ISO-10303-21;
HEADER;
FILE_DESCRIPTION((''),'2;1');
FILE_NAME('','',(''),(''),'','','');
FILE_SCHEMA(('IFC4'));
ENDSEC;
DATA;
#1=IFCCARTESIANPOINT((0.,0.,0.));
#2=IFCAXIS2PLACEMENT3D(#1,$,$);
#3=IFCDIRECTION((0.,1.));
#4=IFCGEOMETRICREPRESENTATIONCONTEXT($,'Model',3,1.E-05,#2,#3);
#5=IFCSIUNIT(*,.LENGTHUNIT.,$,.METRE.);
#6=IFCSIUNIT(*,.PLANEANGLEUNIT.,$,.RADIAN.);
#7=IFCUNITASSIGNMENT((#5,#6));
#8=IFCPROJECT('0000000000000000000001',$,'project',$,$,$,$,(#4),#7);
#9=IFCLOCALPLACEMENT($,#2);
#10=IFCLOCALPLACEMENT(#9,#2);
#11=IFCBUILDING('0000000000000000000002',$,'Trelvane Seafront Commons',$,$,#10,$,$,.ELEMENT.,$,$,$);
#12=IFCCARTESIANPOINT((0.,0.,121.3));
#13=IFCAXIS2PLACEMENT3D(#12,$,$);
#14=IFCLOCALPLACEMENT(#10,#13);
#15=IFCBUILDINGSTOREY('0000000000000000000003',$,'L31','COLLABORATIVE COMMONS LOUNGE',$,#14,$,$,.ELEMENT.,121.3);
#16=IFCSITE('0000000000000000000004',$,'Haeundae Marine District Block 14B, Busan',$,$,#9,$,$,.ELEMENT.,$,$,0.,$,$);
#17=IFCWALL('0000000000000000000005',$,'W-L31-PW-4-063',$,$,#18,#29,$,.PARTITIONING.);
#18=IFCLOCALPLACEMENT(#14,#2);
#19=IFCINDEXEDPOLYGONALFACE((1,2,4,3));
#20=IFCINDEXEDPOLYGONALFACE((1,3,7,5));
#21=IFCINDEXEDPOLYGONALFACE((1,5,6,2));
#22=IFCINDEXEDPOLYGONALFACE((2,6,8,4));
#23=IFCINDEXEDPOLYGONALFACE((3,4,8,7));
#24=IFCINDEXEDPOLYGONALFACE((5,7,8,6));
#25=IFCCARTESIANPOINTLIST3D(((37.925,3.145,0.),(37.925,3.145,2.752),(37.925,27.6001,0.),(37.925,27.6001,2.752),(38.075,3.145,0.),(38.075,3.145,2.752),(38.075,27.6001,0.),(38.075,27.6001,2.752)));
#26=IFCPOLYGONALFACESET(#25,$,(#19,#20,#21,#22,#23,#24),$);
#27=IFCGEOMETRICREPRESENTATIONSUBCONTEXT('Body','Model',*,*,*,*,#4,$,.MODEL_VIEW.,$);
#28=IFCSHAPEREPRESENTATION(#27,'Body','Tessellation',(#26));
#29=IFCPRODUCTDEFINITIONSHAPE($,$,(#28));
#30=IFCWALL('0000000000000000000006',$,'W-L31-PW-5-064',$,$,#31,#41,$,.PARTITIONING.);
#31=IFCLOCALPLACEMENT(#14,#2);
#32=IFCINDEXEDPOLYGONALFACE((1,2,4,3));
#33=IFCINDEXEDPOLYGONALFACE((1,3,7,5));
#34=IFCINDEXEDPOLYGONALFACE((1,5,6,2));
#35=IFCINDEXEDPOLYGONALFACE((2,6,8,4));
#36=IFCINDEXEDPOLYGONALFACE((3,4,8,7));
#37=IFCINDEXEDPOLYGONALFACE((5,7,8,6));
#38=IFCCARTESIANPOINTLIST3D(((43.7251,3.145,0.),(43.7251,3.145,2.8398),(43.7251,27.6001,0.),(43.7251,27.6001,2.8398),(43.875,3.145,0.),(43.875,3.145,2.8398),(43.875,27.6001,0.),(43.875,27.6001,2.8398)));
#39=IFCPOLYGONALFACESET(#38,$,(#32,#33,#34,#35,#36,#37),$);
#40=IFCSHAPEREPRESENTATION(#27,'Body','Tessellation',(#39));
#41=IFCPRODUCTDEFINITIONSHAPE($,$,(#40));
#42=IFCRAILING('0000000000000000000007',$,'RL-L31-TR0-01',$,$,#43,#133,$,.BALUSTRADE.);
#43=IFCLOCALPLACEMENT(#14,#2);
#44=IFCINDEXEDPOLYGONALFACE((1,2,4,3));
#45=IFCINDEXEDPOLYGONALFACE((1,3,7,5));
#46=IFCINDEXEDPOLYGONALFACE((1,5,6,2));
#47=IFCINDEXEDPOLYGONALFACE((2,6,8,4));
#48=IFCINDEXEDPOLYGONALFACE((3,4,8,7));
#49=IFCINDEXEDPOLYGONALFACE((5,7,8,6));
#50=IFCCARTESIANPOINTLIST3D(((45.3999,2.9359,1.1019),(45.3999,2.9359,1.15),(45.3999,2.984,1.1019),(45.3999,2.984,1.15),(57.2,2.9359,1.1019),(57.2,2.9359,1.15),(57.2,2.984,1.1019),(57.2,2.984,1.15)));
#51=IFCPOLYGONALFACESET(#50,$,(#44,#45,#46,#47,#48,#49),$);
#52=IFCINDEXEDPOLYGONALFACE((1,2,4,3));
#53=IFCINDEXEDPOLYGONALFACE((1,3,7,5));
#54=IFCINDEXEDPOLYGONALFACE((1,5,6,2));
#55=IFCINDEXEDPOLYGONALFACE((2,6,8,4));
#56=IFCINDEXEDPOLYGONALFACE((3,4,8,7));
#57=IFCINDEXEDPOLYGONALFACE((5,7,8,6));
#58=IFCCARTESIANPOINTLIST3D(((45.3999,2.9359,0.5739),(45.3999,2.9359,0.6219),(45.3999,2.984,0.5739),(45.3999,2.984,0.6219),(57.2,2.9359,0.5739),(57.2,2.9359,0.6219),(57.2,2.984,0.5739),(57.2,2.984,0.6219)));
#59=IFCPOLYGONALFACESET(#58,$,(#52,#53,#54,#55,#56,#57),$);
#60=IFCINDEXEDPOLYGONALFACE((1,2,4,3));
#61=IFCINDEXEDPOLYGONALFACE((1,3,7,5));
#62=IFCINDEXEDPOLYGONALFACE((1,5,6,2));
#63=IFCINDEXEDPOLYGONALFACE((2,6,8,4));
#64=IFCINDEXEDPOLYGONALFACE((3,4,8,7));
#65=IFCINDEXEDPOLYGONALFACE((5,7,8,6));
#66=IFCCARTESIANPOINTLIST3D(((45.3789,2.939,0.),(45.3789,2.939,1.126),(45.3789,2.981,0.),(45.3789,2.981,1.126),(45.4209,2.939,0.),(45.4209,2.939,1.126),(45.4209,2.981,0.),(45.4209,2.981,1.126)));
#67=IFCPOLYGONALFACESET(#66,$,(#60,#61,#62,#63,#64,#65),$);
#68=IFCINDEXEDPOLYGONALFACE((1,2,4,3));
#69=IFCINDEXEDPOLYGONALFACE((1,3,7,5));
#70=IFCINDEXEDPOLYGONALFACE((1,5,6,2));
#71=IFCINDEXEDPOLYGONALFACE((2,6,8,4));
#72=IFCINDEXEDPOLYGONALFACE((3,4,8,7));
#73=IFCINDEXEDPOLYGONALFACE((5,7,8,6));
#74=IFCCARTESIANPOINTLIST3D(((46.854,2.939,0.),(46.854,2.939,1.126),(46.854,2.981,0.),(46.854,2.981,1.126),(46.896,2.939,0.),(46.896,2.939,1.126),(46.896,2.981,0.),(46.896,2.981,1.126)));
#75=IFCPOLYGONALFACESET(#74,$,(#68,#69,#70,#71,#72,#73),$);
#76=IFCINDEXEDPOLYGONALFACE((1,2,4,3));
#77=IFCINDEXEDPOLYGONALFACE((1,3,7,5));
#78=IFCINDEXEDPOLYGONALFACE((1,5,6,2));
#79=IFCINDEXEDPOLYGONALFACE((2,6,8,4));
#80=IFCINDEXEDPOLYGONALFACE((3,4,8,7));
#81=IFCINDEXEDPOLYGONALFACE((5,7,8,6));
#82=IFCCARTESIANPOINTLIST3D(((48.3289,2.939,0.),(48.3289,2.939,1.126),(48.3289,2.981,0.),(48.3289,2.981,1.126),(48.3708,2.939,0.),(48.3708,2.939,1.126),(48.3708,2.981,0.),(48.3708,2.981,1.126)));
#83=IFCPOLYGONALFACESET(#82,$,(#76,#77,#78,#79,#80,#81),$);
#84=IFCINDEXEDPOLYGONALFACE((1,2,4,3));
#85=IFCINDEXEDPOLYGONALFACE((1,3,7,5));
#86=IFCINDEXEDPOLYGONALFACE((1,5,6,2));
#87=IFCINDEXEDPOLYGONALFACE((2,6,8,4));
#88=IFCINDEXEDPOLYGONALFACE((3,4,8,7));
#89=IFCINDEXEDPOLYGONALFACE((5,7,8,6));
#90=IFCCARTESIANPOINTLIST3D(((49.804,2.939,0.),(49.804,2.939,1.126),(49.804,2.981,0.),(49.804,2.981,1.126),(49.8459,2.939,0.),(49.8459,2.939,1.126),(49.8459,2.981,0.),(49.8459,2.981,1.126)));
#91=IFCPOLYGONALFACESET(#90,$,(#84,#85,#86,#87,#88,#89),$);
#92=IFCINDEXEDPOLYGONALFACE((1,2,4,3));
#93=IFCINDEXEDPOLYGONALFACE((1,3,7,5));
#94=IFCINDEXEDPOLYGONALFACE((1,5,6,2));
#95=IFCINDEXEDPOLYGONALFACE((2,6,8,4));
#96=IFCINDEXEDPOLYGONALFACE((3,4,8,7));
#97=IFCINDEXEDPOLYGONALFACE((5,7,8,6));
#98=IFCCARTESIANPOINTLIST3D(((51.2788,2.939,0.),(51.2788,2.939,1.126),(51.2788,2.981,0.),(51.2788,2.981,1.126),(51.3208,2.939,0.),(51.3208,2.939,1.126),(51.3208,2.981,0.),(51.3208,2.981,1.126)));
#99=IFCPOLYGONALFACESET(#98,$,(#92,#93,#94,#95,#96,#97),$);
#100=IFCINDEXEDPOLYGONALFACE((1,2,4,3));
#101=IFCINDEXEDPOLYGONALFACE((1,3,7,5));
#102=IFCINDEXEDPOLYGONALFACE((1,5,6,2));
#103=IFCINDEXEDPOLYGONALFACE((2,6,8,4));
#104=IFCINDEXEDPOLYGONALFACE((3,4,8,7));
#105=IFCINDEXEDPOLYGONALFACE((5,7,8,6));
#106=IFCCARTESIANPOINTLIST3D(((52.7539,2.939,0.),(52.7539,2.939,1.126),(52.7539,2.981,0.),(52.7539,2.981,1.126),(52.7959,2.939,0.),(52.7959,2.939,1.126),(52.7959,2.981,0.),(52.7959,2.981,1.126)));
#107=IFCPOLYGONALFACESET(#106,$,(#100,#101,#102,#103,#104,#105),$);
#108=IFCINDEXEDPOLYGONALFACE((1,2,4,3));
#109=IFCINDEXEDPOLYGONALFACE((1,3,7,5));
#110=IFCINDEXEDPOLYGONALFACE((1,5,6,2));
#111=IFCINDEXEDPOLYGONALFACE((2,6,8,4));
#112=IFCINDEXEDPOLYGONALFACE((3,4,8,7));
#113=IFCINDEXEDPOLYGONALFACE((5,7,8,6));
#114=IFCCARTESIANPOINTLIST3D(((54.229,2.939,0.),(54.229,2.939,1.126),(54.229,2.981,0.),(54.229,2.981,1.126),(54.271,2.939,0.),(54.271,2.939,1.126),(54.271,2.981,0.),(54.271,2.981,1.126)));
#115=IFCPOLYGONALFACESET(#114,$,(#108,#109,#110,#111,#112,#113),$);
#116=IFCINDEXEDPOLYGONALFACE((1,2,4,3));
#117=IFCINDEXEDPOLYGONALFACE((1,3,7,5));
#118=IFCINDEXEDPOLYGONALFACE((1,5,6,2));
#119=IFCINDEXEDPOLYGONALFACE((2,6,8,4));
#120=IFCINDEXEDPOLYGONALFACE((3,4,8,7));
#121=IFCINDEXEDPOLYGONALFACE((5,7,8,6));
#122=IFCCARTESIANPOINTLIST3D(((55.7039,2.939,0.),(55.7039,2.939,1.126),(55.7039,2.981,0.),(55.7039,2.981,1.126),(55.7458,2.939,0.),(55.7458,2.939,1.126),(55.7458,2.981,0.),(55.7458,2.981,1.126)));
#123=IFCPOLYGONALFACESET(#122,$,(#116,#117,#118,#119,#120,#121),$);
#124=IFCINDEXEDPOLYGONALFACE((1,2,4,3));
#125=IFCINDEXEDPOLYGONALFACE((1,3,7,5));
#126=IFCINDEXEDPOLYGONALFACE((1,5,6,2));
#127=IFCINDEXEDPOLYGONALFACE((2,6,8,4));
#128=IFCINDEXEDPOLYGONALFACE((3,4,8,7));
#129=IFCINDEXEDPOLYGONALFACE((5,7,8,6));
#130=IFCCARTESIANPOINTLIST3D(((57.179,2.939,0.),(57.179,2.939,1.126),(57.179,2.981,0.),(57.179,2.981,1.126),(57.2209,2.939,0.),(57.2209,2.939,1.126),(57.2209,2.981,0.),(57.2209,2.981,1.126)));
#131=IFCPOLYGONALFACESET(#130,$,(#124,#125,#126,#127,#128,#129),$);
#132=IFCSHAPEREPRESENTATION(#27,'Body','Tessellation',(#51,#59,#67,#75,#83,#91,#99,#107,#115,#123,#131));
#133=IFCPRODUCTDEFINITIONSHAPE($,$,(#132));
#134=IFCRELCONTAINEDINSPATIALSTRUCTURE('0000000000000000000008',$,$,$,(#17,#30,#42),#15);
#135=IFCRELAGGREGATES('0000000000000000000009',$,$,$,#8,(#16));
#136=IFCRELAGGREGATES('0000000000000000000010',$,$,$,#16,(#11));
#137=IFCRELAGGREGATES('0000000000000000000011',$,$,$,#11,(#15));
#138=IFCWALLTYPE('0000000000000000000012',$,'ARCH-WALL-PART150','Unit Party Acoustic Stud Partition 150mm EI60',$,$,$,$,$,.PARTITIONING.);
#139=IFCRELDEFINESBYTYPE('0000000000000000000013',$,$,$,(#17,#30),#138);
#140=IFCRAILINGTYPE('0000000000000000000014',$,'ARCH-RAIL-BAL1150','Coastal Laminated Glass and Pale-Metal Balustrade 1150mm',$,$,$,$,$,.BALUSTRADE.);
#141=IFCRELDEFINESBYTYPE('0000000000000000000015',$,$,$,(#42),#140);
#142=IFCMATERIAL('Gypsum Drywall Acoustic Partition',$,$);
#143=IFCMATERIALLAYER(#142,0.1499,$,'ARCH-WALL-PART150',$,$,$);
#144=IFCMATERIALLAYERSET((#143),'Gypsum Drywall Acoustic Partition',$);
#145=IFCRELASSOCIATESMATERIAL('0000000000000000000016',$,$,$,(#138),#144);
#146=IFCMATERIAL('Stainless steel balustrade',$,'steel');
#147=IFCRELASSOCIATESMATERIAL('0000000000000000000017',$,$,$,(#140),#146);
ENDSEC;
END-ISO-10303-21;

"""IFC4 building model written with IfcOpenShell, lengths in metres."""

from ifc_helpers import new_model, si_unit, direction, frame, frame_2d, origin, origin_2d, place, context, subcontext, project, spatial, rectangle, extrude, material, layer, layer_set, type_object, element, save


model = new_model("IFC4")

# Units and contexts
model_context = context("Model", 3, precision=1e-05, world=origin(), true_north=direction((0.0, 1.0)))
body_context = subcontext(model_context, "Body", "Model", "MODEL_VIEW")
ifc_project = project(units=[si_unit("LENGTHUNIT", "METRE"), si_unit("PLANEANGLEUNIT", "RADIAN")], contexts=[model_context])

# Site, building, storey
site_placement = place(None, origin())
site = spatial("IfcSite", under=ifc_project, at=site_placement, Name="Haeundae Marine District Block 14B, Busan", CompositionType="ELEMENT", RefElevation=0.0)
building_placement = place(site_placement, origin())
building = spatial("IfcBuilding", under=site, at=building_placement, Name="Trelvane Seafront Commons", CompositionType="ELEMENT")
storey_placement = place(building_placement, frame((0.0, 0.0, 121.3)))
storey = spatial("IfcBuildingStorey", under=building, at=storey_placement, Name="L31", Description="COLLABORATIVE COMMONS LOUNGE", CompositionType="ELEMENT", Elevation=121.3)

# Walls
ifc_material_1 = material(Name="Gypsum Drywall Acoustic Partition")
ifc_layer_1 = layer(ifc_material_1, 0.1499, Name="ARCH-WALL-PART150")
ifc_layer_set_1 = layer_set([ifc_layer_1], Name="Gypsum Drywall Acoustic Partition")
wall_type_1 = type_object("IfcWallType", Name="ARCH-WALL-PART150", Description="Unit Party Acoustic Stud Partition 150mm EI60", PredefinedType="PARTITIONING", material=ifc_layer_set_1)
wall_1_placement = place(storey_placement, frame((38.0, 3.145, 0.0), z_axis=(0.0, 0.0, 1.0), x_axis=(0.0, 1.0, 0.0)))
element("IfcWall", 1, at=wall_1_placement, inside=storey, type_object=wall_type_1, Name="W-L31-PW-4-063", PredefinedType="PARTITIONING", context=body_context, shape_type="SweptSolid", body=[
    extrude(rectangle(XDim=24.4551, YDim=0.1499, at=frame_2d((12.2275, 0.0))), origin(), (0.0, 0.0, 1.0), 2.752),
])
wall_2_placement = place(storey_placement, frame((43.8, 3.145, 0.0), z_axis=(0.0, 0.0, 1.0), x_axis=(0.0, 1.0, 0.0)))
element("IfcWall", 2, at=wall_2_placement, inside=storey, type_object=wall_type_1, Name="W-L31-PW-5-064", PredefinedType="PARTITIONING", context=body_context, shape_type="SweptSolid", body=[
    extrude(rectangle(XDim=24.4551, YDim=0.1499, at=frame_2d((12.2275, 0.0))), origin(), (0.0, 0.0, 1.0), 2.8398),
])

# Railing
ifc_material_2 = material(Name="Stainless steel balustrade", Category="steel")
railing_type = type_object("IfcRailingType", Name="ARCH-RAIL-BAL1150", Description="Coastal Laminated Glass and Pale-Metal Balustrade 1150mm", PredefinedType="BALUSTRADE", material=ifc_material_2)
railing_placement = place(storey_placement, frame((45.3999, 2.96, 0.0)))
element("IfcRailing", 3, at=railing_placement, inside=storey, type_object=railing_type, Name="RL-L31-TR0-01", PredefinedType="BALUSTRADE", context=body_context, shape_type="SweptSolid", body=[
    extrude(rectangle(XDim=0.0481, YDim=0.0481, at=origin_2d()), frame((0.0, 0.0, 1.126), z_axis=(1.0, 0.0, 0.0), x_axis=(0.0, 1.0, 0.0)), (0.0, 0.0, 1.0), 11.8),
    extrude(rectangle(XDim=0.0481, YDim=0.0481, at=origin_2d()), frame((0.0, 0.0, 0.5979), z_axis=(1.0, 0.0, 0.0), x_axis=(0.0, 1.0, 0.0)), (0.0, 0.0, 1.0), 11.8),
    extrude(rectangle(XDim=0.042, YDim=0.042, at=origin_2d()), origin(), (0.0, 0.0, 1.0), 1.126),
    extrude(rectangle(XDim=0.042, YDim=0.042, at=origin_2d()), frame((1.4751, 0.0, 0.0)), (0.0, 0.0, 1.0), 1.126),
    extrude(rectangle(XDim=0.042, YDim=0.042, at=origin_2d()), frame((2.95, 0.0, 0.0)), (0.0, 0.0, 1.0), 1.126),
    extrude(rectangle(XDim=0.042, YDim=0.042, at=origin_2d()), frame((4.425, 0.0, 0.0)), (0.0, 0.0, 1.0), 1.126),
    extrude(rectangle(XDim=0.042, YDim=0.042, at=origin_2d()), frame((5.8999, 0.0, 0.0)), (0.0, 0.0, 1.0), 1.126),
    extrude(rectangle(XDim=0.042, YDim=0.042, at=origin_2d()), frame((7.375, 0.0, 0.0)), (0.0, 0.0, 1.0), 1.126),
    extrude(rectangle(XDim=0.042, YDim=0.042, at=origin_2d()), frame((8.8501, 0.0, 0.0)), (0.0, 0.0, 1.0), 1.126),
    extrude(rectangle(XDim=0.042, YDim=0.042, at=origin_2d()), frame((10.325, 0.0, 0.0)), (0.0, 0.0, 1.0), 1.126),
    extrude(rectangle(XDim=0.042, YDim=0.042, at=origin_2d()), frame((11.8, 0.0, 0.0)), (0.0, 0.0, 1.0), 1.126),
])

save(model, "model.ifc")
